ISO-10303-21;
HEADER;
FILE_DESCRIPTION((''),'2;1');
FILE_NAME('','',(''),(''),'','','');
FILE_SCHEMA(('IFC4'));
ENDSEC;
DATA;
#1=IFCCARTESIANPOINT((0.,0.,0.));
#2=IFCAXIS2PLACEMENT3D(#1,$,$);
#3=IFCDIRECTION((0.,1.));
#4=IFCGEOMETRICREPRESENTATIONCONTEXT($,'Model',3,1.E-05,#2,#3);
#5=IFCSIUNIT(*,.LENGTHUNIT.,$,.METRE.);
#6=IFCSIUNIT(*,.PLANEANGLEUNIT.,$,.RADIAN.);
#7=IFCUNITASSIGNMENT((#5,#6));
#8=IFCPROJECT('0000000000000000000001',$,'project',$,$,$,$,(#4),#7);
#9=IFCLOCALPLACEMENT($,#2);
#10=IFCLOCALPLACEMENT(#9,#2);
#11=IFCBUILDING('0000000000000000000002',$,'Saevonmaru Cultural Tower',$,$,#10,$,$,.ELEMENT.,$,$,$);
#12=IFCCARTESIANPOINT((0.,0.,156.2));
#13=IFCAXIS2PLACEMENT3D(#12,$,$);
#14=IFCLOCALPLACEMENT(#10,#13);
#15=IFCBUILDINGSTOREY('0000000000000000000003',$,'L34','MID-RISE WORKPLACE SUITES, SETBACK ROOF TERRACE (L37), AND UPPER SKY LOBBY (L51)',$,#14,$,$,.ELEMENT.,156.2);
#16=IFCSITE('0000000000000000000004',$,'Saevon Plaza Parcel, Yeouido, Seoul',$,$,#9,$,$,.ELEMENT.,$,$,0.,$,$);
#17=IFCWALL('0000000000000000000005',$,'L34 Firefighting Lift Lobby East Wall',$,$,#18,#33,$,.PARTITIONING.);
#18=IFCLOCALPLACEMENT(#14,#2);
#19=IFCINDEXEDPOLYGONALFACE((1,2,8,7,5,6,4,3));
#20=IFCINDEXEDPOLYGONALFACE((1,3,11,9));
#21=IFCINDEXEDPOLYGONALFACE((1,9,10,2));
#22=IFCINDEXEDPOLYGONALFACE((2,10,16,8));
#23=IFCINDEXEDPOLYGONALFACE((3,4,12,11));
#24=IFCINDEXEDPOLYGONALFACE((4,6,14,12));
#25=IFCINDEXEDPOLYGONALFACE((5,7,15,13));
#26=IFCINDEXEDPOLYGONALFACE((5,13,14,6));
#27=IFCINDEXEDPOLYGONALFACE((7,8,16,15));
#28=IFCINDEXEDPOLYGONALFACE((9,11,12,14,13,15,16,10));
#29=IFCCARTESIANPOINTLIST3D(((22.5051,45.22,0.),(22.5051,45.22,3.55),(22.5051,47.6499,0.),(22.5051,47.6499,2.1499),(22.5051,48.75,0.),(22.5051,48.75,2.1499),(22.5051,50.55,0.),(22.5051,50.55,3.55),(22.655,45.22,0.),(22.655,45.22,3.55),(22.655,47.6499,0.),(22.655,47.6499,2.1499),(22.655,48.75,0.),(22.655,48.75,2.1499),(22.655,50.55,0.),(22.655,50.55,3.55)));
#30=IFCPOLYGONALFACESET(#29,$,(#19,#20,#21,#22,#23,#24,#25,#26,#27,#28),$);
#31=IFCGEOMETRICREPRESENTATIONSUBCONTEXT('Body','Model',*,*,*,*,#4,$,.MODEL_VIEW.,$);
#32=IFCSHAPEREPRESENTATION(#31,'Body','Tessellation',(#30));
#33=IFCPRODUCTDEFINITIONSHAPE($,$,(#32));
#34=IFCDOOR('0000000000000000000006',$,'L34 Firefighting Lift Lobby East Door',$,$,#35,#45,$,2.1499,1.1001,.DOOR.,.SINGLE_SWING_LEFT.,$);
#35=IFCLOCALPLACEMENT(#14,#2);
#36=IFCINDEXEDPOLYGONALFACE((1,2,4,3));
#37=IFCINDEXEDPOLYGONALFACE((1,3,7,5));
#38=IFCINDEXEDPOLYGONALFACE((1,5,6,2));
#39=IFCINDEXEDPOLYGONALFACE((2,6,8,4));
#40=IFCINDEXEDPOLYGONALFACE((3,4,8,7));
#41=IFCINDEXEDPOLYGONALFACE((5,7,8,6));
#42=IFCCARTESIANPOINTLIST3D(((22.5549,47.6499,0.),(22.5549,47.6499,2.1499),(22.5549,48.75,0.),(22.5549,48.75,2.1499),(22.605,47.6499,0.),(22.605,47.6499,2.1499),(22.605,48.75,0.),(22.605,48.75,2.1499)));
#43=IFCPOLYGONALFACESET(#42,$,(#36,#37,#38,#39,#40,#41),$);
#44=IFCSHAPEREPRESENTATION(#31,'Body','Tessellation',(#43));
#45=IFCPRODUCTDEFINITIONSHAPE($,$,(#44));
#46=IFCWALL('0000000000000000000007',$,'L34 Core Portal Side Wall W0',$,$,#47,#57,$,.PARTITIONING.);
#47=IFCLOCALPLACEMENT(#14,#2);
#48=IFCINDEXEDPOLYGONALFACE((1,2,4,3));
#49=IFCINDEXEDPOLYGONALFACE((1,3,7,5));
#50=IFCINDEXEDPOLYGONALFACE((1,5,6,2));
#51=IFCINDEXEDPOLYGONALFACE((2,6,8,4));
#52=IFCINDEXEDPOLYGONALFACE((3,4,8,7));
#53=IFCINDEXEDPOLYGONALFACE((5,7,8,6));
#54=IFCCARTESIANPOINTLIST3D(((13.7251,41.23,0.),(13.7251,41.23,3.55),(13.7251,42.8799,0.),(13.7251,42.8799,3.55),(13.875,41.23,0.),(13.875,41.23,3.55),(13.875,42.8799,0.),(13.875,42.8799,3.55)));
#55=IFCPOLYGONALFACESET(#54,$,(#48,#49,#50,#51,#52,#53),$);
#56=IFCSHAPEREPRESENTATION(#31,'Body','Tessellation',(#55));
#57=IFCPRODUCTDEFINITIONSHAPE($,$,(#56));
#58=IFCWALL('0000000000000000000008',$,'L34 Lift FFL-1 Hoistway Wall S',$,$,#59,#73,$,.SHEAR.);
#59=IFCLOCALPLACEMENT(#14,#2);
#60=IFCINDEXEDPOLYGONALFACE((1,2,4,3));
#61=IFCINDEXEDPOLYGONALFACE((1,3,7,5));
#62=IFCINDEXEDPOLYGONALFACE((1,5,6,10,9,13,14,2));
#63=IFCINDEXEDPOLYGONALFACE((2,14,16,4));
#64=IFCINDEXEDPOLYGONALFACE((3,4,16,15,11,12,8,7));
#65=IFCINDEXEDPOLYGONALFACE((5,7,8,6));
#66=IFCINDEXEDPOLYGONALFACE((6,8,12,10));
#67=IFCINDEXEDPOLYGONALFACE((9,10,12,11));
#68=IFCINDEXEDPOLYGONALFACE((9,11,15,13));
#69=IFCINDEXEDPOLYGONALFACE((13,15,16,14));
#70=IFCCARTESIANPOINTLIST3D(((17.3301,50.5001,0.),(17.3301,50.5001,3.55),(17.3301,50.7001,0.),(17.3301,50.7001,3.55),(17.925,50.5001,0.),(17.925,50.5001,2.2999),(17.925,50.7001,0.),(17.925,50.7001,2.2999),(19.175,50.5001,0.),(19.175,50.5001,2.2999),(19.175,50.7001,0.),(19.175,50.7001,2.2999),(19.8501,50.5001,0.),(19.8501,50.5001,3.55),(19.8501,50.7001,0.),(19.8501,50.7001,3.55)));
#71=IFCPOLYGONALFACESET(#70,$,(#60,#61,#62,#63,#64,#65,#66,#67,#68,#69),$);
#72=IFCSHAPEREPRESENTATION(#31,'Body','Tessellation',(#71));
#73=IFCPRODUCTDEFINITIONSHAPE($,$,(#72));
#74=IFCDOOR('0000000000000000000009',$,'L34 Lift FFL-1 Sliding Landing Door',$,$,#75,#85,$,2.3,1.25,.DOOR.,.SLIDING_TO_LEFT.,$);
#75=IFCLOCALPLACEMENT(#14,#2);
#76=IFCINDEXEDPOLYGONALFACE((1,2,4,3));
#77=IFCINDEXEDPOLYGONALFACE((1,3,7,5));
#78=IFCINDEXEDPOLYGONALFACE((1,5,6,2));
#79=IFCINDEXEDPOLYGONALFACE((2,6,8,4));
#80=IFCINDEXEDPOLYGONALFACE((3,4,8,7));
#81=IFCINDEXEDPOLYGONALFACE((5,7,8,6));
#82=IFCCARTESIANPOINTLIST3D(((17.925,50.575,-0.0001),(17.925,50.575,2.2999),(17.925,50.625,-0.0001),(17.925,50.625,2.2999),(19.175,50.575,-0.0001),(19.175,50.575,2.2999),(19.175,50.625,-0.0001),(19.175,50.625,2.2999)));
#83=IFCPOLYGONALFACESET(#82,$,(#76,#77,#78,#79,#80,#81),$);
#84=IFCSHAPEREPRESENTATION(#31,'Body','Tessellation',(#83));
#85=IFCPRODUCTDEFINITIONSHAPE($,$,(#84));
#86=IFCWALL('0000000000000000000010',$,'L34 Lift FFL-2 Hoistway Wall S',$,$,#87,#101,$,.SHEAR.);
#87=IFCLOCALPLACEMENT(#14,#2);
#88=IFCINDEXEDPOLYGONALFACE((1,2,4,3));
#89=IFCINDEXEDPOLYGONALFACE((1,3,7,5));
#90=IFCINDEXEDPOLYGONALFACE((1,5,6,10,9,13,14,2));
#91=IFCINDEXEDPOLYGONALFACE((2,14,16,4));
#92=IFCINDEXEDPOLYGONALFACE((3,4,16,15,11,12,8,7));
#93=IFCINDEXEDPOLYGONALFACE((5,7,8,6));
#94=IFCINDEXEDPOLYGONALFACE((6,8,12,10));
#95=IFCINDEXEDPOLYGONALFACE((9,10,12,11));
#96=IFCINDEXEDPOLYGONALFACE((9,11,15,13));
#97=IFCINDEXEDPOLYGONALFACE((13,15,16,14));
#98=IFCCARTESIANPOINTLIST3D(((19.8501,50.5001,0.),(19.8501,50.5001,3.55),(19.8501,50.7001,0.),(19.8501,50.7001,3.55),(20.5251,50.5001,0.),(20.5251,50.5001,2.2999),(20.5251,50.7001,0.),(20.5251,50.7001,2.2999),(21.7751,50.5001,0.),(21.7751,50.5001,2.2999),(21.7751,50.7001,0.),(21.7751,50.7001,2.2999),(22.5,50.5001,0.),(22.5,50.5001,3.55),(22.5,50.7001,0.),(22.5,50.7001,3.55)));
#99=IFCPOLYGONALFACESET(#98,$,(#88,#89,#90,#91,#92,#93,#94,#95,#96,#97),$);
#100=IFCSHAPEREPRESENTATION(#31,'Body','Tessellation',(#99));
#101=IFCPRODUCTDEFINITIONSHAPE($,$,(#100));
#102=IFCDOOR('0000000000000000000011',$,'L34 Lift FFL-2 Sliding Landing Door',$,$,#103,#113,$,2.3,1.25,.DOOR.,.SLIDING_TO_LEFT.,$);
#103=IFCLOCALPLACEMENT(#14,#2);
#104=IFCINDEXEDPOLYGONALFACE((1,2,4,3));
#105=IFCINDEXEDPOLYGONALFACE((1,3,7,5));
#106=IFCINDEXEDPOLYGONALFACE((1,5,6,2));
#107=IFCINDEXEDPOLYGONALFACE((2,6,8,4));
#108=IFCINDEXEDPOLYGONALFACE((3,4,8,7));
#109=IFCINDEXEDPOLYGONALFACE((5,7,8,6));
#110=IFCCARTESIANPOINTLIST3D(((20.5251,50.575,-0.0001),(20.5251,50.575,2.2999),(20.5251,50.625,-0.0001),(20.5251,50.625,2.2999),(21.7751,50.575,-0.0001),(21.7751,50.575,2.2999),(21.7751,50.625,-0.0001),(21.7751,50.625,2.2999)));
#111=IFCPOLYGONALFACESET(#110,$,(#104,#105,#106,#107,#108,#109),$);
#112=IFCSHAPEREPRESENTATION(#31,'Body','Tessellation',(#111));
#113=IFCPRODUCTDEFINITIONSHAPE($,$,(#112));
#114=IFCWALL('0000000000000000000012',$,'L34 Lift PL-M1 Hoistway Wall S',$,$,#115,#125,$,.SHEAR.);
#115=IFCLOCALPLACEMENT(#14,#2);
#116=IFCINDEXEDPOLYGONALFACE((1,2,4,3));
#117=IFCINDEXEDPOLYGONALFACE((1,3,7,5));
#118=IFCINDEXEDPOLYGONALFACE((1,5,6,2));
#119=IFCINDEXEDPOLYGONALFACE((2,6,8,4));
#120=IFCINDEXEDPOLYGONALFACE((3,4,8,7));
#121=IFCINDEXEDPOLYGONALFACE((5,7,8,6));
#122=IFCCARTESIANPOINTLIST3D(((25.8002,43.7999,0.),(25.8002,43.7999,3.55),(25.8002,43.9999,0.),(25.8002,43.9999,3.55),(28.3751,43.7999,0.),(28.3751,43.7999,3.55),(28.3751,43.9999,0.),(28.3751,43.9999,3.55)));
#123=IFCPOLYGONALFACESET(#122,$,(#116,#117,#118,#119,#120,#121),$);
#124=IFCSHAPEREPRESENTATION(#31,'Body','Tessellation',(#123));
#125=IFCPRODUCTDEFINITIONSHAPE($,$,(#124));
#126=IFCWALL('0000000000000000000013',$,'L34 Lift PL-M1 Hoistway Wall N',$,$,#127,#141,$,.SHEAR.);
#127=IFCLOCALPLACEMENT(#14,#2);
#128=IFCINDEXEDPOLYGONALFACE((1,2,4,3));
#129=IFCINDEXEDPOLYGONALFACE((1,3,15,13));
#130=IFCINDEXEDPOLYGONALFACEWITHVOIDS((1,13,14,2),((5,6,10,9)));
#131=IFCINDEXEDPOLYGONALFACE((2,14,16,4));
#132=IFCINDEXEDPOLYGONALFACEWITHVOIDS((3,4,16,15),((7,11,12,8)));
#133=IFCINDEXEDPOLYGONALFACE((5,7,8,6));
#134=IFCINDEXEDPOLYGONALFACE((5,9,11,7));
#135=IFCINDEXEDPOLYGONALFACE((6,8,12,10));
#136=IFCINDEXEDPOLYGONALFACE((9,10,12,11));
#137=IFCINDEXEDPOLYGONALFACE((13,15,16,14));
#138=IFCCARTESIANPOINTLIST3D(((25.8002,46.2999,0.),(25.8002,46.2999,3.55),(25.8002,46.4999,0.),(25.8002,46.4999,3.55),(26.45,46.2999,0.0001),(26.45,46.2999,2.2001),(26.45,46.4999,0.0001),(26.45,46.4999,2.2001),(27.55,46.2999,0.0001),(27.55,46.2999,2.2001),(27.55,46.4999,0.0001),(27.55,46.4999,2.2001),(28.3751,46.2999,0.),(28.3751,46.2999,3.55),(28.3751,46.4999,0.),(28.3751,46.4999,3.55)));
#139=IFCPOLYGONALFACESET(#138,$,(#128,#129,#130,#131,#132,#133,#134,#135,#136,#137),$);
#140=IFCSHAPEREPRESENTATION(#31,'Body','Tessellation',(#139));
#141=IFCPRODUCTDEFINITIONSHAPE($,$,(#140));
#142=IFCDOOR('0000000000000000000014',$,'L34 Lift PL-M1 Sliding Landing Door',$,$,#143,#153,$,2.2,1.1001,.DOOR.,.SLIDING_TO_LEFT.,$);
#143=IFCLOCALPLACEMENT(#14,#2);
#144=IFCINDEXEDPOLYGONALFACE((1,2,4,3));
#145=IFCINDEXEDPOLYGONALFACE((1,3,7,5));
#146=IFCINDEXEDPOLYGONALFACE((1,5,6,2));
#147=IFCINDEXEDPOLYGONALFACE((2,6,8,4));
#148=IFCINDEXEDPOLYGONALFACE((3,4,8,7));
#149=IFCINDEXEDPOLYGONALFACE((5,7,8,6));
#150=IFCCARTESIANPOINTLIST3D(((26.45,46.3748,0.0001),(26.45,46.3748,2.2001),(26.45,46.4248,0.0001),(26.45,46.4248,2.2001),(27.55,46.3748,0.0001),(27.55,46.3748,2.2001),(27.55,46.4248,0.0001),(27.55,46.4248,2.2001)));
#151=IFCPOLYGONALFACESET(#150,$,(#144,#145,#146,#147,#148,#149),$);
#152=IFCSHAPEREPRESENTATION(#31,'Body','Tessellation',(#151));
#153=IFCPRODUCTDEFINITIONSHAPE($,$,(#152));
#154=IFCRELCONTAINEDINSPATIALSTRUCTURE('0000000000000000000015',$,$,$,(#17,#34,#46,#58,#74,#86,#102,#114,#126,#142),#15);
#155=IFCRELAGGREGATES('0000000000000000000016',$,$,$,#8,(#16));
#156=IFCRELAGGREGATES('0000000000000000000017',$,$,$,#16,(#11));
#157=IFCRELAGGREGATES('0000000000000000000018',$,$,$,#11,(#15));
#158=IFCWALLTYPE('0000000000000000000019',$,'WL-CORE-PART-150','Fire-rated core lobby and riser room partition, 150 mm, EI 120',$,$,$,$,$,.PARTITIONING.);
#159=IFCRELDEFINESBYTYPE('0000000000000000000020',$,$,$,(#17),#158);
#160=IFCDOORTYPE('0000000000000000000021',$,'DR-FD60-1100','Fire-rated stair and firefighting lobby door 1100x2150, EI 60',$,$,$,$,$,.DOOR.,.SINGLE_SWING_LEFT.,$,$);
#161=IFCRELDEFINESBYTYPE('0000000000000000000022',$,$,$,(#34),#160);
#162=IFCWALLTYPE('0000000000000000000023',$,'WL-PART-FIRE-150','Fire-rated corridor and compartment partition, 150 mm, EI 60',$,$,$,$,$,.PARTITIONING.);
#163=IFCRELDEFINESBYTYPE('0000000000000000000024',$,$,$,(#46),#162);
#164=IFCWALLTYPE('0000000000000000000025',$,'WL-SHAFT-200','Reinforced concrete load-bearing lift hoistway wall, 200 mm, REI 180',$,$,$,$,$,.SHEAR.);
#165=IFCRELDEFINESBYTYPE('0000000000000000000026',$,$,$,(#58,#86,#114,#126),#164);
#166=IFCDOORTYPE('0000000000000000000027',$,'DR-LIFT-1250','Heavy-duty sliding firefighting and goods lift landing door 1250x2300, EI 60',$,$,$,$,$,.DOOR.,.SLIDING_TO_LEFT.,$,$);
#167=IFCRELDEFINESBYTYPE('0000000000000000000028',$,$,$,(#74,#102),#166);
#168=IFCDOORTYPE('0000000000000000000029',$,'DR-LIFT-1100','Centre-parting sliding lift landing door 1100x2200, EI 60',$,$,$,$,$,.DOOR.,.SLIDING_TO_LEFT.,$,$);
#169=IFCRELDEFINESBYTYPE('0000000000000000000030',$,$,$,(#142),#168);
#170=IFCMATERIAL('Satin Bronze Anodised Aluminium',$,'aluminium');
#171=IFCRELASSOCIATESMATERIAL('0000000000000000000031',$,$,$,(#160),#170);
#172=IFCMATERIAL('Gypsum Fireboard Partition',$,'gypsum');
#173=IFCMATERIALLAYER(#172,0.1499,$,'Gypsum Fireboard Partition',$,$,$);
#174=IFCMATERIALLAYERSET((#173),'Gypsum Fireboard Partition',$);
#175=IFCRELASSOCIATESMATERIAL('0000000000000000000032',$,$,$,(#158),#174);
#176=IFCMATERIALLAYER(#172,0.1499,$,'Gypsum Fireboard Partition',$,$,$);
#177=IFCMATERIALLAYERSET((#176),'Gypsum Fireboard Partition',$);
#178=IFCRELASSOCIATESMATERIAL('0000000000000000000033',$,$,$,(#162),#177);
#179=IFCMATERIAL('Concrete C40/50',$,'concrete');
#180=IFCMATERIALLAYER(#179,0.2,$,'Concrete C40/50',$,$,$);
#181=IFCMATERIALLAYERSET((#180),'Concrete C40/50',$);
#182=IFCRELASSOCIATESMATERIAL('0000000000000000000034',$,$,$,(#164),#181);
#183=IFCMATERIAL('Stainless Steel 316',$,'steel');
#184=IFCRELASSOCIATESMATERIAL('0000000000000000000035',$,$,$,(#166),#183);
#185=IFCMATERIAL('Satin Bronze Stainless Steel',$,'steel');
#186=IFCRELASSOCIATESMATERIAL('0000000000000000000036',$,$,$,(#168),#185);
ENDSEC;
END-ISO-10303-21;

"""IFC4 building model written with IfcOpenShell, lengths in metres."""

from ifc_helpers import new_model, si_unit, direction, frame, frame_2d, origin, place, context, subcontext, project, spatial, rectangle, extrude, material, layer, layer_set, type_object, element, fill, save


model = new_model("IFC4")

# Units and contexts
model_context = context("Model", 3, precision=1e-05, world=origin(), true_north=direction((0.0, 1.0)))
body_context = subcontext(model_context, "Body", "Model", "MODEL_VIEW")
ifc_project = project(units=[si_unit("LENGTHUNIT", "METRE"), si_unit("PLANEANGLEUNIT", "RADIAN")], contexts=[model_context])

# Site, building, storey
site_placement = place(None, origin())
site = spatial("IfcSite", under=ifc_project, at=site_placement, Name="Saevon Plaza Parcel, Yeouido, Seoul", CompositionType="ELEMENT", RefElevation=0.0)
building_placement = place(site_placement, origin())
building = spatial("IfcBuilding", under=site, at=building_placement, Name="Saevonmaru Cultural Tower", CompositionType="ELEMENT")
storey_placement = place(building_placement, frame((0.0, 0.0, 156.2)))
storey = spatial("IfcBuildingStorey", under=building, at=storey_placement, Name="L34", Description="MID-RISE WORKPLACE SUITES, SETBACK ROOF TERRACE (L37), AND UPPER SKY LOBBY (L51)", CompositionType="ELEMENT", Elevation=156.2)

# Shared definitions
ifc_material_1 = material(Name="Satin Bronze Anodised Aluminium", Category="aluminium")
door_type_1 = type_object("IfcDoorType", Name="DR-FD60-1100", Description="Fire-rated stair and firefighting lobby door 1100x2150, EI 60", OperationType="SINGLE_SWING_LEFT", PredefinedType="DOOR", material=ifc_material_1)

# Wall, opening, door
ifc_material_2 = material(Name="Gypsum Fireboard Partition", Category="gypsum")
ifc_layer_1 = layer(ifc_material_2, 0.1499, Name="Gypsum Fireboard Partition")
ifc_layer_set_1 = layer_set([ifc_layer_1], Name="Gypsum Fireboard Partition")
wall_type_1 = type_object("IfcWallType", Name="WL-CORE-PART-150", Description="Fire-rated core lobby and riser room partition, 150 mm, EI 120", PredefinedType="PARTITIONING", material=ifc_layer_set_1)
wall_1_placement = place(storey_placement, frame((22.5801, 50.55, 0.0), z_axis=(0.0, 0.0, 1.0), x_axis=(0.0, -1.0, 0.0)))
wall_1 = element("IfcWall", 1, at=wall_1_placement, inside=storey, type_object=wall_type_1, Name="L34 Firefighting Lift Lobby East Wall", PredefinedType="PARTITIONING", context=body_context, shape_type="SweptSolid", body=[
    extrude(rectangle(XDim=5.3301, YDim=0.1499, at=frame_2d((2.665, 0.0))), origin(), (0.0, 0.0, 1.0), 3.55),
])
opening_1_placement = place(wall_1_placement, frame((1.8, 0.0, 0.0)))
opening_1 = element("IfcOpeningElement", 2, at=opening_1_placement, cuts=wall_1, PredefinedType="OPENING", context=body_context, shape_type="SweptSolid", body=[
    extrude(rectangle(XDim=1.1001, YDim=2.1499, at=frame_2d((0.55, 1.075))), frame((0.0, 0.085, 0.0), z_axis=(0.0, -1.0, 0.0), x_axis=(1.0, 0.0, 0.0)), (0.0, 0.0, 1.0), 0.1699),
])
door_1_placement = place(opening_1_placement, origin())
door_1 = element("IfcDoor", 3, at=door_1_placement, inside=storey, type_object=door_type_1, Name="L34 Firefighting Lift Lobby East Door", OperationType="SINGLE_SWING_LEFT", OverallHeight=2.1499, OverallWidth=1.1001, PredefinedType="DOOR", context=body_context, shape_type="SweptSolid", body=[
    extrude(rectangle(XDim=1.1001, YDim=2.1499, at=frame_2d((0.55, 1.075))), frame((0.0, 0.0249, 0.0), z_axis=(0.0, -1.0, 0.0), x_axis=(1.0, 0.0, 0.0)), (0.0, 0.0, 1.0), 0.05),
])
fill(opening_1, door_1)

# Wall
ifc_layer_2 = layer(ifc_material_2, 0.1499, Name="Gypsum Fireboard Partition")
ifc_layer_set_2 = layer_set([ifc_layer_2], Name="Gypsum Fireboard Partition")
wall_type_2 = type_object("IfcWallType", Name="WL-PART-FIRE-150", Description="Fire-rated corridor and compartment partition, 150 mm, EI 60", PredefinedType="PARTITIONING", material=ifc_layer_set_2)
wall_2_placement = place(storey_placement, frame((13.8, 41.23, 0.0), z_axis=(0.0, 0.0, 1.0), x_axis=(0.0, 1.0, 0.0)))
element("IfcWall", 4, at=wall_2_placement, inside=storey, type_object=wall_type_2, Name="L34 Core Portal Side Wall W0", PredefinedType="PARTITIONING", context=body_context, shape_type="SweptSolid", body=[
    extrude(rectangle(XDim=1.6499, YDim=0.1499, at=frame_2d((0.825, 0.0))), origin(), (0.0, 0.0, 1.0), 3.55),
])

# Walls, openings, doors
ifc_material_3 = material(Name="Concrete C40/50", Category="concrete")
ifc_layer_3 = layer(ifc_material_3, 0.2, Name="Concrete C40/50")
ifc_layer_set_3 = layer_set([ifc_layer_3], Name="Concrete C40/50")
wall_type_3 = type_object("IfcWallType", Name="WL-SHAFT-200", Description="Reinforced concrete load-bearing lift hoistway wall, 200 mm, REI 180", PredefinedType="SHEAR", material=ifc_layer_set_3)
wall_3_placement = place(storey_placement, frame((17.3301, 50.6001, 0.0), z_axis=(0.0, 0.0, 1.0), x_axis=(1.0, 0.0, 0.0)))
wall_3 = element("IfcWall", 5, at=wall_3_placement, inside=storey, type_object=wall_type_3, Name="L34 Lift FFL-1 Hoistway Wall S", PredefinedType="SHEAR", context=body_context, shape_type="SweptSolid", body=[
    extrude(rectangle(XDim=2.52, YDim=0.2, at=frame_2d((1.26, 0.0))), origin(), (0.0, 0.0, 1.0), 3.55),
])
opening_2_placement = place(wall_3_placement, frame((0.595, 0.0, 0.0)))
opening_2 = element("IfcOpeningElement", 6, at=opening_2_placement, cuts=wall_3, PredefinedType="OPENING", context=body_context, shape_type="SweptSolid", body=[
    extrude(rectangle(XDim=1.25, YDim=2.3, at=frame_2d((0.625, 1.1499))), frame((0.0, 0.1099, 0.0), z_axis=(0.0, -1.0, 0.0), x_axis=(1.0, 0.0, 0.0)), (0.0, 0.0, 1.0), 0.22),
])
ifc_material_4 = material(Name="Stainless Steel 316", Category="steel")
door_type_2 = type_object("IfcDoorType", Name="DR-LIFT-1250", Description="Heavy-duty sliding firefighting and goods lift landing door 1250x2300, EI 60", OperationType="SLIDING_TO_LEFT", PredefinedType="DOOR", material=ifc_material_4)
door_2_placement = place(opening_2_placement, origin())
door_2 = element("IfcDoor", 7, at=door_2_placement, inside=storey, type_object=door_type_2, Name="L34 Lift FFL-1 Sliding Landing Door", OperationType="SLIDING_TO_LEFT", OverallHeight=2.3, OverallWidth=1.25, PredefinedType="DOOR", context=body_context, shape_type="SweptSolid", body=[
    extrude(rectangle(XDim=1.25, YDim=2.3, at=frame_2d((0.625, 1.1499))), frame((0.0, 0.0249, 0.0), z_axis=(0.0, -1.0, 0.0), x_axis=(1.0, 0.0, 0.0)), (0.0, 0.0, 1.0), 0.05),
])
fill(opening_2, door_2)
wall_4_placement = place(storey_placement, frame((19.8501, 50.6001, 0.0), z_axis=(0.0, 0.0, 1.0), x_axis=(1.0, 0.0, 0.0)))
wall_4 = element("IfcWall", 8, at=wall_4_placement, inside=storey, type_object=wall_type_3, Name="L34 Lift FFL-2 Hoistway Wall S", PredefinedType="SHEAR", context=body_context, shape_type="SweptSolid", body=[
    extrude(rectangle(XDim=2.6499, YDim=0.2, at=frame_2d((1.325, 0.0))), origin(), (0.0, 0.0, 1.0), 3.55),
])
opening_3_placement = place(wall_4_placement, frame((0.675, 0.0, 0.0)))
opening_3 = element("IfcOpeningElement", 9, at=opening_3_placement, cuts=wall_4, PredefinedType="OPENING", context=body_context, shape_type="SweptSolid", body=[
    extrude(rectangle(XDim=1.25, YDim=2.3, at=frame_2d((0.625, 1.1499))), frame((0.0, 0.1099, 0.0), z_axis=(0.0, -1.0, 0.0), x_axis=(1.0, 0.0, 0.0)), (0.0, 0.0, 1.0), 0.22),
])
door_3_placement = place(opening_3_placement, origin())
door_3 = element("IfcDoor", 10, at=door_3_placement, inside=storey, type_object=door_type_2, Name="L34 Lift FFL-2 Sliding Landing Door", OperationType="SLIDING_TO_LEFT", OverallHeight=2.3, OverallWidth=1.25, PredefinedType="DOOR", context=body_context, shape_type="SweptSolid", body=[
    extrude(rectangle(XDim=1.25, YDim=2.3, at=frame_2d((0.625, 1.1499))), frame((0.0, 0.0249, 0.0), z_axis=(0.0, -1.0, 0.0), x_axis=(1.0, 0.0, 0.0)), (0.0, 0.0, 1.0), 0.05),
])
fill(opening_3, door_3)

# Wall
wall_5_placement = place(storey_placement, frame((25.8, 43.8999, 0.0), z_axis=(0.0, 0.0, 1.0), x_axis=(1.0, 0.0, 0.0)))
element("IfcWall", 11, at=wall_5_placement, inside=storey, type_object=wall_type_3, Name="L34 Lift PL-M1 Hoistway Wall S", PredefinedType="SHEAR", context=body_context, shape_type="SweptSolid", body=[
    extrude(rectangle(XDim=2.575, YDim=0.2, at=frame_2d((1.2876, 0.0))), origin(), (0.0, 0.0, 1.0), 3.55),
])

# Wall, opening, door
wall_6_placement = place(storey_placement, frame((25.8, 46.3999, 0.0), z_axis=(0.0, 0.0, 1.0), x_axis=(1.0, 0.0, 0.0)))
wall_6 = element("IfcWall", 12, at=wall_6_placement, inside=storey, type_object=wall_type_3, Name="L34 Lift PL-M1 Hoistway Wall N", PredefinedType="SHEAR", context=body_context, shape_type="SweptSolid", body=[
    extrude(rectangle(XDim=2.575, YDim=0.2, at=frame_2d((1.2876, 0.0))), origin(), (0.0, 0.0, 1.0), 3.55),
])
opening_4_placement = place(wall_6_placement, frame((0.6499, 0.0, 0.0)))
opening_4 = element("IfcOpeningElement", 13, at=opening_4_placement, cuts=wall_6, PredefinedType="OPENING", context=body_context, shape_type="SweptSolid", body=[
    extrude(rectangle(XDim=1.1001, YDim=2.2, at=frame_2d((0.55, 1.1001))), frame((0.0, 0.1099, 0.0), z_axis=(0.0, -1.0, 0.0), x_axis=(1.0, 0.0, 0.0)), (0.0, 0.0, 1.0), 0.22),
])
ifc_material_5 = material(Name="Satin Bronze Stainless Steel", Category="steel")
door_type_3 = type_object("IfcDoorType", Name="DR-LIFT-1100", Description="Centre-parting sliding lift landing door 1100x2200, EI 60", OperationType="SLIDING_TO_LEFT", PredefinedType="DOOR", material=ifc_material_5)
door_4_placement = place(opening_4_placement, origin())
door_4 = element("IfcDoor", 14, at=door_4_placement, inside=storey, type_object=door_type_3, Name="L34 Lift PL-M1 Sliding Landing Door", OperationType="SLIDING_TO_LEFT", OverallHeight=2.2, OverallWidth=1.1001, PredefinedType="DOOR", context=body_context, shape_type="SweptSolid", body=[
    extrude(rectangle(XDim=1.1001, YDim=2.2, at=frame_2d((0.55, 1.1001))), frame((0.0, 0.0249, 0.0), z_axis=(0.0, -1.0, 0.0), x_axis=(1.0, 0.0, 0.0)), (0.0, 0.0, 1.0), 0.05),
])
fill(opening_4, door_4)

save(model, "model.ifc")
